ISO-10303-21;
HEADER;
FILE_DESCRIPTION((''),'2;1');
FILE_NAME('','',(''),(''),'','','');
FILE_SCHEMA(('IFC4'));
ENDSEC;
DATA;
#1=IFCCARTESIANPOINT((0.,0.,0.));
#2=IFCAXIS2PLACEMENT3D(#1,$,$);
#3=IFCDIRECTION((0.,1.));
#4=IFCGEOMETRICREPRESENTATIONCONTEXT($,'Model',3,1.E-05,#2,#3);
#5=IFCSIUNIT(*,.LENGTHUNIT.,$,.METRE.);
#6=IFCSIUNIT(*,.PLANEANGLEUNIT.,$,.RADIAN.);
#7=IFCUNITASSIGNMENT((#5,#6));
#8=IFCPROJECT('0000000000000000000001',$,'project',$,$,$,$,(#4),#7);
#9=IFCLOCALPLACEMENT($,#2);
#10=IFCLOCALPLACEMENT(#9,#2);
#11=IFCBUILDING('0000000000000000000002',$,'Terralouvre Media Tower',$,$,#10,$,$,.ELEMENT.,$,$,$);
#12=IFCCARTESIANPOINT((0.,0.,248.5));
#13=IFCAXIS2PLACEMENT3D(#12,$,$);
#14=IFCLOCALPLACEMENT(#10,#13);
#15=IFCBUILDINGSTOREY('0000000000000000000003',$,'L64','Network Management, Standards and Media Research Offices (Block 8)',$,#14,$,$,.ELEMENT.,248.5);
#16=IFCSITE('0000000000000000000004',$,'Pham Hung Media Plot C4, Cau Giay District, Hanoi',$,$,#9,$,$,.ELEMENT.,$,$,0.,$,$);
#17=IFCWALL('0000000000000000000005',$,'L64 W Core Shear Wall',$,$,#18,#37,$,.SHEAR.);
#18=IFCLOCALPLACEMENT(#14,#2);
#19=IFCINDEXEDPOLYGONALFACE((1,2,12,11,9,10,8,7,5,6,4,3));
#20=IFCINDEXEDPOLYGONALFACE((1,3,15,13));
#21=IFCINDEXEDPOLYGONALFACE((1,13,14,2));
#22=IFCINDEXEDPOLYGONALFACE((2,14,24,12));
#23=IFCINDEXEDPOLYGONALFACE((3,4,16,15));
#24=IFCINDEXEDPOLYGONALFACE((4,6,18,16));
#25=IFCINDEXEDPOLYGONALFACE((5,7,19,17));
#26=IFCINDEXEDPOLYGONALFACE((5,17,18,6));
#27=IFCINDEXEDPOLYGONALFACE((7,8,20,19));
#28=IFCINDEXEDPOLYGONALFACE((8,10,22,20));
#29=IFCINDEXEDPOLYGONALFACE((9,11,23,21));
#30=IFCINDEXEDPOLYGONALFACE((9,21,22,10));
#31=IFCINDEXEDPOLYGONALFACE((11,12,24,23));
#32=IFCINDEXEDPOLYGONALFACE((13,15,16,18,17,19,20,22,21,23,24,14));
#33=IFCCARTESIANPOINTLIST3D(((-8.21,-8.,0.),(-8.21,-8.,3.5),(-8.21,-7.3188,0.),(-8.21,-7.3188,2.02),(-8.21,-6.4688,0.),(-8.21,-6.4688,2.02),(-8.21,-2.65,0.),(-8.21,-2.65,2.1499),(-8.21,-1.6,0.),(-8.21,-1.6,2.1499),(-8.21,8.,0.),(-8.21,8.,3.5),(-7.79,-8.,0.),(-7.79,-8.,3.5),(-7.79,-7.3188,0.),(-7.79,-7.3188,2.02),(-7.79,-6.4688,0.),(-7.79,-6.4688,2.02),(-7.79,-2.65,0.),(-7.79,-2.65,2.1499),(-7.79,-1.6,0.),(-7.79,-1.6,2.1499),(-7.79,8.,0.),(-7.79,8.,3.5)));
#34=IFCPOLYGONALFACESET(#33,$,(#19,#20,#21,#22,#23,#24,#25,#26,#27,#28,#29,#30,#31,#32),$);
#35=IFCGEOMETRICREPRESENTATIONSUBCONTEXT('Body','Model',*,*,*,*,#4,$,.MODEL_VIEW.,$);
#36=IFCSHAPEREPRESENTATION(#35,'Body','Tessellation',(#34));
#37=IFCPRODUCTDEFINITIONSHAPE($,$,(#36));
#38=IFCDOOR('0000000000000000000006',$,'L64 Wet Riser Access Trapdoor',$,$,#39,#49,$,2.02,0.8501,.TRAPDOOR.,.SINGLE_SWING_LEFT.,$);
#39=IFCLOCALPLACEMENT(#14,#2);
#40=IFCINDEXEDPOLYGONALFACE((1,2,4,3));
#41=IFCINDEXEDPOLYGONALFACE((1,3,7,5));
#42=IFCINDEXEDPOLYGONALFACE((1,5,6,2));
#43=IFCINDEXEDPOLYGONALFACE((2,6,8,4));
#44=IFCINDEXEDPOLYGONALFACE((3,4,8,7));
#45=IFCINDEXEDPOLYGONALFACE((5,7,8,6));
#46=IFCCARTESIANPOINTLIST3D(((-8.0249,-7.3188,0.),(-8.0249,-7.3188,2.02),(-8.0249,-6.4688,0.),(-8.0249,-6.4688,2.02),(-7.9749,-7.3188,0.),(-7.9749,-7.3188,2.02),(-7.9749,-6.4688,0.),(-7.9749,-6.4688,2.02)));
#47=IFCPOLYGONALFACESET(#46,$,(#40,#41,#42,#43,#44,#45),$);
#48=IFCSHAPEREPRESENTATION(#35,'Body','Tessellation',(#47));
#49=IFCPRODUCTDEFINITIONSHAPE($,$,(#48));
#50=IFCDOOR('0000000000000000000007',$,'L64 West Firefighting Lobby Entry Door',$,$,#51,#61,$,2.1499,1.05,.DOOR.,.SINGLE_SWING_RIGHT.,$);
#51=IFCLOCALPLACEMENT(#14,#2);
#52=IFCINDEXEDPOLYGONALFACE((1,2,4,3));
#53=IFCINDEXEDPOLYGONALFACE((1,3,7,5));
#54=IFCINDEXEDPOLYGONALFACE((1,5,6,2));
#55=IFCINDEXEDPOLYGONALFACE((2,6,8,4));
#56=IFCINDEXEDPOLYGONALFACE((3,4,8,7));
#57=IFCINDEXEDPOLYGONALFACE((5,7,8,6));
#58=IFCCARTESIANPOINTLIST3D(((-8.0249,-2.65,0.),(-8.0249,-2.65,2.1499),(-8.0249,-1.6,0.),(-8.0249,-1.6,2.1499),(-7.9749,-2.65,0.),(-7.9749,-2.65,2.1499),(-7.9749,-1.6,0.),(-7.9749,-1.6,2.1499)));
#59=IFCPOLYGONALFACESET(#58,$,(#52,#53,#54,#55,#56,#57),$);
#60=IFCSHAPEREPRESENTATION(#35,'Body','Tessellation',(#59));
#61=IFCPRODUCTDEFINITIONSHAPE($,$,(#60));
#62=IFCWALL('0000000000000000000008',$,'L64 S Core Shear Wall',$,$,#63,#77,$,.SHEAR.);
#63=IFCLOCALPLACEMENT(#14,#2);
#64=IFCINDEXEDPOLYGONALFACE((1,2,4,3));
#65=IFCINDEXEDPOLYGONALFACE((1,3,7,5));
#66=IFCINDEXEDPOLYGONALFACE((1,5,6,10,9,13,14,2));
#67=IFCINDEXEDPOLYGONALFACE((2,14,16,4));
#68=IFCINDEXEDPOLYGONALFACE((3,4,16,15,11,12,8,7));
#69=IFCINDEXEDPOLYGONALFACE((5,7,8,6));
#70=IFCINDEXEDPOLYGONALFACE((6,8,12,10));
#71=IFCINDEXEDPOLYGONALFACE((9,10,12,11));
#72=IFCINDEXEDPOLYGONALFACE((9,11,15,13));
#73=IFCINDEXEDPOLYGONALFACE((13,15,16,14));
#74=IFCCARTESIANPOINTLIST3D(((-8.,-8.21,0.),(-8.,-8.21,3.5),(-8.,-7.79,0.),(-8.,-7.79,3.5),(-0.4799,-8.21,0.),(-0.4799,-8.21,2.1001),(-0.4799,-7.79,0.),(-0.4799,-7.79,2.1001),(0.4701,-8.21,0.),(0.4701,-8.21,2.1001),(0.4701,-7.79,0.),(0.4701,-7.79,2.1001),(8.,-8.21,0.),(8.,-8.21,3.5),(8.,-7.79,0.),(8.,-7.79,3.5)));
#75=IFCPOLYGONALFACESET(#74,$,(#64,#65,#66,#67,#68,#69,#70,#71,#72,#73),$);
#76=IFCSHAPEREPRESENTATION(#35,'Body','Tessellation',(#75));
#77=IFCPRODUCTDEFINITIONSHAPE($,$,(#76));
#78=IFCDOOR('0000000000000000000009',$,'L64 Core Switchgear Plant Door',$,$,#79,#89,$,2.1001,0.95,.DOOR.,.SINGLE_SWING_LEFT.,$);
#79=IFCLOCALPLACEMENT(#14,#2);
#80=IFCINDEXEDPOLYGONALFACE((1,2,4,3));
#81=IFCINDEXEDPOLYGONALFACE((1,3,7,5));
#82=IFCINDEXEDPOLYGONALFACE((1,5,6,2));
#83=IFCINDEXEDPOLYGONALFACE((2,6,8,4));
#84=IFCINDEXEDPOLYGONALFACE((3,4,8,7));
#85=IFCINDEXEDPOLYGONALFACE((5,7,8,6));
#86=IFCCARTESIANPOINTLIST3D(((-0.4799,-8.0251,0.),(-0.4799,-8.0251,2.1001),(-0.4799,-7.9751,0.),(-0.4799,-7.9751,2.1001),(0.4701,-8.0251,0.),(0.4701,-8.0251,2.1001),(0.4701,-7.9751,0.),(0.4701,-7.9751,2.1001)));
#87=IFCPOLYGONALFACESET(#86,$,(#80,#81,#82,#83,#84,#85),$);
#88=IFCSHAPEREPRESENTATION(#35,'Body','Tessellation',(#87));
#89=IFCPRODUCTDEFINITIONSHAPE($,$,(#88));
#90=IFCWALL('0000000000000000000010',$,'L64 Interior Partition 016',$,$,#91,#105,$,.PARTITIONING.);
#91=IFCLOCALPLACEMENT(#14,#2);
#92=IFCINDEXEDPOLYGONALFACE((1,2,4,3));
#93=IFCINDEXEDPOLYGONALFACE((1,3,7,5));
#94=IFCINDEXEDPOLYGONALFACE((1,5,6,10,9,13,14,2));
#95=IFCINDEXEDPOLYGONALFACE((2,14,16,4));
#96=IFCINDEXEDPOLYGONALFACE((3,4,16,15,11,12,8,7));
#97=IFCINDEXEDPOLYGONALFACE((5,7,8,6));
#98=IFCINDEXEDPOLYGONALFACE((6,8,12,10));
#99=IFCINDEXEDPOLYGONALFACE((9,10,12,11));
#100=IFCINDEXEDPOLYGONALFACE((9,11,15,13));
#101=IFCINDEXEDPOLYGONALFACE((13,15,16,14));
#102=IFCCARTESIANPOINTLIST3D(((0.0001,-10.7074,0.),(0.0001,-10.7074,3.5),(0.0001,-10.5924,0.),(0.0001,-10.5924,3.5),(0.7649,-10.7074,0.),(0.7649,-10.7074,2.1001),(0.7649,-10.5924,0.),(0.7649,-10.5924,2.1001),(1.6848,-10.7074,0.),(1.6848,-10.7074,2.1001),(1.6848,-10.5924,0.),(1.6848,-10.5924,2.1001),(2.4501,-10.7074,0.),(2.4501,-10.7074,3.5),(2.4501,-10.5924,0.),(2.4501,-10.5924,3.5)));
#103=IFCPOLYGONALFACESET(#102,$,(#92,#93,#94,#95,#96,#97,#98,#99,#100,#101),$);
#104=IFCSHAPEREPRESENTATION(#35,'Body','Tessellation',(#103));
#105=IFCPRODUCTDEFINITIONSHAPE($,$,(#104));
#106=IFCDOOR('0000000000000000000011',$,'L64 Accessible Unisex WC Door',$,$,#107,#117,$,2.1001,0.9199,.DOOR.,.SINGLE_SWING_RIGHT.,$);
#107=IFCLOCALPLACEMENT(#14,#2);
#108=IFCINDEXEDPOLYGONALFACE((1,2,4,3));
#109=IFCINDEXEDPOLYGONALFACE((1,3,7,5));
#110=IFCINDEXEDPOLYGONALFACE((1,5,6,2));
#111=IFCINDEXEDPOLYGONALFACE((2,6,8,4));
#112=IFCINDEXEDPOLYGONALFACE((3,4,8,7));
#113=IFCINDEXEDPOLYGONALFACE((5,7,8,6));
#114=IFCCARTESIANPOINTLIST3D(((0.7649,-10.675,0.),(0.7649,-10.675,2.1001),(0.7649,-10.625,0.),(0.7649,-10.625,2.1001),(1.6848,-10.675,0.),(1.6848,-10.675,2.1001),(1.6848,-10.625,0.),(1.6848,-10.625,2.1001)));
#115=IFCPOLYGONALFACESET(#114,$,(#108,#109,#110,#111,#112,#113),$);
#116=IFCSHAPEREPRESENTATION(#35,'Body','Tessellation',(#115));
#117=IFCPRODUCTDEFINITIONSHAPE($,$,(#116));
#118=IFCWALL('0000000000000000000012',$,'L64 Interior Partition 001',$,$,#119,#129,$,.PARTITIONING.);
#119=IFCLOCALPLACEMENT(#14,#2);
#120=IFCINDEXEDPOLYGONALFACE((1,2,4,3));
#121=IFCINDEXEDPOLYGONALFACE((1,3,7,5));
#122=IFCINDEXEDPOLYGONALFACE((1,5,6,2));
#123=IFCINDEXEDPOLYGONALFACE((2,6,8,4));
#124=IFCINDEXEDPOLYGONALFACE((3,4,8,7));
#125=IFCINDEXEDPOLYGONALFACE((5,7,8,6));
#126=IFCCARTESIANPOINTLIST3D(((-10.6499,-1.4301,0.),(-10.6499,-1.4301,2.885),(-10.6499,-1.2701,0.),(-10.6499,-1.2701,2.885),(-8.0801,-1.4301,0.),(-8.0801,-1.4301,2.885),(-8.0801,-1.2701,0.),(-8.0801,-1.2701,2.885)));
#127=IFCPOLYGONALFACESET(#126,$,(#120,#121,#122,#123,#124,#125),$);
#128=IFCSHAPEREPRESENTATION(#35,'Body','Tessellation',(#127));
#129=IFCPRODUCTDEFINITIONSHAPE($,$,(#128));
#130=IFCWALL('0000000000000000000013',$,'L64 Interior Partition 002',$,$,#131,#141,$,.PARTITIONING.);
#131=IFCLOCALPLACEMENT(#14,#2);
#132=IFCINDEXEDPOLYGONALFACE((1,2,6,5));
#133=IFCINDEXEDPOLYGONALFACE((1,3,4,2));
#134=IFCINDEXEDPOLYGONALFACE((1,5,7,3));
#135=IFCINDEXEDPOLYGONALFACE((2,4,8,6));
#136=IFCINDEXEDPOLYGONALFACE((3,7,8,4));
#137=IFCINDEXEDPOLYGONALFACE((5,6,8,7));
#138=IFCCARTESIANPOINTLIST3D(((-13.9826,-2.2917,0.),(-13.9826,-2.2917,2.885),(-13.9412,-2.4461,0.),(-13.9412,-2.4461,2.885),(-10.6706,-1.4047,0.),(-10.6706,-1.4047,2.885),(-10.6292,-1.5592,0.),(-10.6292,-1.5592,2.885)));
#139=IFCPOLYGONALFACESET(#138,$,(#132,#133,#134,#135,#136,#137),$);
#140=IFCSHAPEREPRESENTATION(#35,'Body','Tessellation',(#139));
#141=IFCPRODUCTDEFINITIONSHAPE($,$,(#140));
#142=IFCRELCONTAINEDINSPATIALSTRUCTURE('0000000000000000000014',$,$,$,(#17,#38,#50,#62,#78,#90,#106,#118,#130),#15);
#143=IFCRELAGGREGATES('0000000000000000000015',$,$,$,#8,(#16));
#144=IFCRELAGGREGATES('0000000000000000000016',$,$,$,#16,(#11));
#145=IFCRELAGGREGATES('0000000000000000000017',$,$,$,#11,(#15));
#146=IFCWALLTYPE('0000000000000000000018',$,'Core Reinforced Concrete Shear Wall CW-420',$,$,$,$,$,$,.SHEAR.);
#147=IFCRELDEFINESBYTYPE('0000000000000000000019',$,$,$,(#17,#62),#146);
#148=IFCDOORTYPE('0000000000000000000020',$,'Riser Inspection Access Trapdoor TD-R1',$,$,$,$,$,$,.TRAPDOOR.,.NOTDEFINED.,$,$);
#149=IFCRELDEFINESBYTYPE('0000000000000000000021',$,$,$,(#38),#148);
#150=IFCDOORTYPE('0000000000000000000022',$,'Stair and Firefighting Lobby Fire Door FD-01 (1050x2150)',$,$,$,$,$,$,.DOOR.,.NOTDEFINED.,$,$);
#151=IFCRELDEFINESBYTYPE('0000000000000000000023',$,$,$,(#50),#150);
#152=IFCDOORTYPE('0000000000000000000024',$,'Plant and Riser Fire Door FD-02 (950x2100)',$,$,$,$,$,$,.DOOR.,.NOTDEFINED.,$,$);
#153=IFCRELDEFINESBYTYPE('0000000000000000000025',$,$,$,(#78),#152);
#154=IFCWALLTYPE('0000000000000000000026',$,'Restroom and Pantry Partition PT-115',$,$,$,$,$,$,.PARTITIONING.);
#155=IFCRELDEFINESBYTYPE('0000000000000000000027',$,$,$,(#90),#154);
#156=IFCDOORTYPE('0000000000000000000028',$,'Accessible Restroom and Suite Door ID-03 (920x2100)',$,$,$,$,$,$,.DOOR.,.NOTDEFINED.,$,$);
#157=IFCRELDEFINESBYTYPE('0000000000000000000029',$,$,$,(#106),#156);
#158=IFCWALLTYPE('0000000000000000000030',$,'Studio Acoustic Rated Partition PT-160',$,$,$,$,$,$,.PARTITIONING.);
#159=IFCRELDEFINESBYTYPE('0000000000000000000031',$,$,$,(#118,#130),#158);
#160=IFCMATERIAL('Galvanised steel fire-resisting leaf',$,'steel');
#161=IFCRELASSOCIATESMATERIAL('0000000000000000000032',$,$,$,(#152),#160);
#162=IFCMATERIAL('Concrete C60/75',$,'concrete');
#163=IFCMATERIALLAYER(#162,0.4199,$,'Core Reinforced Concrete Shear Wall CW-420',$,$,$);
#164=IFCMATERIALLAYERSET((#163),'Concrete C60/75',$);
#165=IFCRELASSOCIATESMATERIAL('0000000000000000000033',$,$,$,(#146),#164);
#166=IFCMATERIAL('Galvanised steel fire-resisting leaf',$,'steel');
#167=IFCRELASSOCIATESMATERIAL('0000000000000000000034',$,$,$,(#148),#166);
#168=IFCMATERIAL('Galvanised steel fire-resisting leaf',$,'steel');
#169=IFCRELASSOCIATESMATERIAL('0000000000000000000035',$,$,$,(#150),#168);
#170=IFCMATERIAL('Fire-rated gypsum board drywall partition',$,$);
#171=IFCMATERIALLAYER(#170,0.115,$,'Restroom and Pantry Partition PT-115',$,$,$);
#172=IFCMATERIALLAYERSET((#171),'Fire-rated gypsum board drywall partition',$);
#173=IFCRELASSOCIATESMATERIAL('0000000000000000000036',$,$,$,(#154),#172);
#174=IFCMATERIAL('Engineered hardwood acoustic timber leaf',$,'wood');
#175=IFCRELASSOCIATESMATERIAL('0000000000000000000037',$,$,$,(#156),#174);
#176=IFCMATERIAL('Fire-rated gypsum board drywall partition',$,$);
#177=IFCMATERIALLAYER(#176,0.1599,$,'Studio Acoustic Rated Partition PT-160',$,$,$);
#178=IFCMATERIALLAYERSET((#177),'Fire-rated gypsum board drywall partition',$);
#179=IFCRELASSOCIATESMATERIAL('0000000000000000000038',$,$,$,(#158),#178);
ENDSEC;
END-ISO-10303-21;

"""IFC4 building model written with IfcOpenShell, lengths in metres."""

from ifc_helpers import new_model, si_unit, direction, frame, frame_2d, origin, place, context, subcontext, project, spatial, rectangle, extrude, material, layer, layer_set, type_object, element, fill, save


model = new_model("IFC4")

# Units and contexts
model_context = context("Model", 3, precision=1e-05, world=origin(), true_north=direction((0.0, 1.0)))
body_context = subcontext(model_context, "Body", "Model", "MODEL_VIEW")
ifc_project = project(units=[si_unit("LENGTHUNIT", "METRE"), si_unit("PLANEANGLEUNIT", "RADIAN")], contexts=[model_context])

# Site, building, storey
site_placement = place(None, origin())
site = spatial("IfcSite", under=ifc_project, at=site_placement, Name="Pham Hung Media Plot C4, Cau Giay District, Hanoi", CompositionType="ELEMENT", RefElevation=0.0)
building_placement = place(site_placement, origin())
building = spatial("IfcBuilding", under=site, at=building_placement, Name="Terralouvre Media Tower", CompositionType="ELEMENT")
storey_placement = place(building_placement, frame((0.0, 0.0, 248.5)))
storey = spatial("IfcBuildingStorey", under=building, at=storey_placement, Name="L64", Description="Network Management, Standards and Media Research Offices (Block 8)", CompositionType="ELEMENT", Elevation=248.5)

# Wall, openings, doors
ifc_material_1 = material(Name="Galvanised steel fire-resisting leaf", Category="steel")
door_type_1 = type_object("IfcDoorType", Name="Plant and Riser Fire Door FD-02 (950x2100)", OperationType="NOTDEFINED", PredefinedType="DOOR", material=ifc_material_1)
ifc_material_2 = material(Name="Concrete C60/75", Category="concrete")
ifc_layer_1 = layer(ifc_material_2, 0.4199, Name="Core Reinforced Concrete Shear Wall CW-420")
ifc_layer_set_1 = layer_set([ifc_layer_1], Name="Concrete C60/75")
wall_type_1 = type_object("IfcWallType", Name="Core Reinforced Concrete Shear Wall CW-420", PredefinedType="SHEAR", material=ifc_layer_set_1)
wall_1_placement = place(storey_placement, frame((-8.0, -8.0, 0.0), z_axis=(0.0, 0.0, 1.0), x_axis=(0.0, 1.0, 0.0)))
wall_1 = element("IfcWall", 1, at=wall_1_placement, inside=storey, type_object=wall_type_1, Name="L64 W Core Shear Wall", PredefinedType="SHEAR", context=body_context, shape_type="SweptSolid", body=[
    extrude(rectangle(XDim=16.0, YDim=0.4199, at=frame_2d((8.0, 0.0))), origin(), (0.0, 0.0, 1.0), 3.5),
])
opening_1_placement = place(wall_1_placement, frame((0.6812, 0.0, 0.0)))
opening_1 = element("IfcOpeningElement", 2, at=opening_1_placement, cuts=wall_1, PredefinedType="OPENING", context=body_context, shape_type="SweptSolid", body=[
    extrude(rectangle(XDim=0.8501, YDim=2.02, at=frame_2d((0.425, 1.01))), frame((0.0, 0.22, 0.0), z_axis=(0.0, -1.0, 0.0), x_axis=(1.0, 0.0, 0.0)), (0.0, 0.0, 1.0), 0.4399),
])
opening_2_placement = place(wall_1_placement, frame((5.3501, 0.0, 0.0)))
opening_2 = element("IfcOpeningElement", 3, at=opening_2_placement, cuts=wall_1, PredefinedType="OPENING", context=body_context, shape_type="SweptSolid", body=[
    extrude(rectangle(XDim=1.05, YDim=2.1499, at=frame_2d((0.5249, 1.075))), frame((0.0, 0.22, 0.0), z_axis=(0.0, -1.0, 0.0), x_axis=(1.0, 0.0, 0.0)), (0.0, 0.0, 1.0), 0.4399),
])
ifc_material_3 = material(Name="Galvanised steel fire-resisting leaf", Category="steel")
door_type_2 = type_object("IfcDoorType", Name="Riser Inspection Access Trapdoor TD-R1", OperationType="NOTDEFINED", PredefinedType="TRAPDOOR", material=ifc_material_3)
door_1_placement = place(opening_1_placement, origin())
door_1 = element("IfcDoor", 4, at=door_1_placement, inside=storey, type_object=door_type_2, Name="L64 Wet Riser Access Trapdoor", OperationType="SINGLE_SWING_LEFT", OverallHeight=2.02, OverallWidth=0.8501, PredefinedType="TRAPDOOR", context=body_context, shape_type="SweptSolid", body=[
    extrude(rectangle(XDim=0.8501, YDim=2.02, at=frame_2d((0.425, 1.01))), frame((0.0, 0.0249, 0.0), z_axis=(0.0, -1.0, 0.0), x_axis=(1.0, 0.0, 0.0)), (0.0, 0.0, 1.0), 0.05),
])
fill(opening_1, door_1)
ifc_material_4 = material(Name="Galvanised steel fire-resisting leaf", Category="steel")
door_type_3 = type_object("IfcDoorType", Name="Stair and Firefighting Lobby Fire Door FD-01 (1050x2150)", OperationType="NOTDEFINED", PredefinedType="DOOR", material=ifc_material_4)
door_2_placement = place(opening_2_placement, origin())
door_2 = element("IfcDoor", 5, at=door_2_placement, inside=storey, type_object=door_type_3, Name="L64 West Firefighting Lobby Entry Door", OperationType="SINGLE_SWING_RIGHT", OverallHeight=2.1499, OverallWidth=1.05, PredefinedType="DOOR", context=body_context, shape_type="SweptSolid", body=[
    extrude(rectangle(XDim=1.05, YDim=2.1499, at=frame_2d((0.5249, 1.075))), frame((0.0, 0.0249, 0.0), z_axis=(0.0, -1.0, 0.0), x_axis=(1.0, 0.0, 0.0)), (0.0, 0.0, 1.0), 0.05),
])
fill(opening_2, door_2)

# Walls, openings, doors
wall_2_placement = place(storey_placement, frame((-8.0, -8.0, 0.0), z_axis=(0.0, 0.0, 1.0), x_axis=(1.0, 0.0, 0.0)))
wall_2 = element("IfcWall", 6, at=wall_2_placement, inside=storey, type_object=wall_type_1, Name="L64 S Core Shear Wall", PredefinedType="SHEAR", context=body_context, shape_type="SweptSolid", body=[
    extrude(rectangle(XDim=16.0, YDim=0.4199, at=frame_2d((8.0, 0.0))), origin(), (0.0, 0.0, 1.0), 3.5),
])
opening_3_placement = place(wall_2_placement, frame((7.52, 0.0, 0.0)))
opening_3 = element("IfcOpeningElement", 7, at=opening_3_placement, cuts=wall_2, PredefinedType="OPENING", context=body_context, shape_type="SweptSolid", body=[
    extrude(rectangle(XDim=0.95, YDim=2.1001, at=frame_2d((0.4751, 1.05))), frame((0.0, 0.22, 0.0), z_axis=(0.0, -1.0, 0.0), x_axis=(1.0, 0.0, 0.0)), (0.0, 0.0, 1.0), 0.4399),
])
door_3_placement = place(opening_3_placement, origin())
door_3 = element("IfcDoor", 8, at=door_3_placement, inside=storey, type_object=door_type_1, Name="L64 Core Switchgear Plant Door", OperationType="SINGLE_SWING_LEFT", OverallHeight=2.1001, OverallWidth=0.95, PredefinedType="DOOR", context=body_context, shape_type="SweptSolid", body=[
    extrude(rectangle(XDim=0.95, YDim=2.1001, at=frame_2d((0.4751, 1.05))), frame((0.0, 0.0249, 0.0), z_axis=(0.0, -1.0, 0.0), x_axis=(1.0, 0.0, 0.0)), (0.0, 0.0, 1.0), 0.05),
])
fill(opening_3, door_3)
ifc_material_5 = material(Name="Fire-rated gypsum board drywall partition")
ifc_layer_2 = layer(ifc_material_5, 0.115, Name="Restroom and Pantry Partition PT-115")
ifc_layer_set_2 = layer_set([ifc_layer_2], Name="Fire-rated gypsum board drywall partition")
wall_type_2 = type_object("IfcWallType", Name="Restroom and Pantry Partition PT-115", PredefinedType="PARTITIONING", material=ifc_layer_set_2)
wall_3_placement = place(storey_placement, frame((0.0, -10.6499, 0.0), z_axis=(0.0, 0.0, 1.0), x_axis=(1.0, 0.0, 0.0)))
wall_3 = element("IfcWall", 9, at=wall_3_placement, inside=storey, type_object=wall_type_2, Name="L64 Interior Partition 016", PredefinedType="PARTITIONING", context=body_context, shape_type="SweptSolid", body=[
    extrude(rectangle(XDim=2.45, YDim=0.115, at=frame_2d((1.2251, 0.0))), origin(), (0.0, 0.0, 1.0), 3.5),
])
opening_4_placement = place(wall_3_placement, frame((0.7649, 0.0, 0.0)))
opening_4 = element("IfcOpeningElement", 10, at=opening_4_placement, cuts=wall_3, PredefinedType="OPENING", context=body_context, shape_type="SweptSolid", body=[
    extrude(rectangle(XDim=0.9199, YDim=2.1001, at=frame_2d((0.46, 1.05))), frame((0.0, 0.0674, 0.0), z_axis=(0.0, -1.0, 0.0), x_axis=(1.0, 0.0, 0.0)), (0.0, 0.0, 1.0), 0.135),
])
ifc_material_6 = material(Name="Engineered hardwood acoustic timber leaf", Category="wood")
door_type_4 = type_object("IfcDoorType", Name="Accessible Restroom and Suite Door ID-03 (920x2100)", OperationType="NOTDEFINED", PredefinedType="DOOR", material=ifc_material_6)
door_4_placement = place(opening_4_placement, origin())
door_4 = element("IfcDoor", 11, at=door_4_placement, inside=storey, type_object=door_type_4, Name="L64 Accessible Unisex WC Door", OperationType="SINGLE_SWING_RIGHT", OverallHeight=2.1001, OverallWidth=0.9199, PredefinedType="DOOR", context=body_context, shape_type="SweptSolid", body=[
    extrude(rectangle(XDim=0.9199, YDim=2.1001, at=frame_2d((0.46, 1.05))), frame((0.0, 0.0249, 0.0), z_axis=(0.0, -1.0, 0.0), x_axis=(1.0, 0.0, 0.0)), (0.0, 0.0, 1.0), 0.05),
])
fill(opening_4, door_4)

# Walls
ifc_material_7 = material(Name="Fire-rated gypsum board drywall partition")
ifc_layer_3 = layer(ifc_material_7, 0.1599, Name="Studio Acoustic Rated Partition PT-160")
ifc_layer_set_3 = layer_set([ifc_layer_3], Name="Fire-rated gypsum board drywall partition")
wall_type_3 = type_object("IfcWallType", Name="Studio Acoustic Rated Partition PT-160", PredefinedType="PARTITIONING", material=ifc_layer_set_3)
wall_4_placement = place(storey_placement, frame((-8.0801, -1.3501, 0.0), z_axis=(0.0, 0.0, 1.0), x_axis=(-1.0, 0.0, 0.0)))
element("IfcWall", 12, at=wall_4_placement, inside=storey, type_object=wall_type_3, Name="L64 Interior Partition 001", PredefinedType="PARTITIONING", context=body_context, shape_type="SweptSolid", body=[
    extrude(rectangle(XDim=2.5698, YDim=0.1599, at=frame_2d((1.2849, 0.0))), origin(), (0.0, 0.0, 1.0), 2.885),
])
wall_5_placement = place(storey_placement, frame((-10.6499, -1.4819, 0.0), z_axis=(0.0, 0.0, 1.0), x_axis=(-0.965961, -0.258686, 0.0)))
element("IfcWall", 13, at=wall_5_placement, inside=storey, type_object=wall_type_3, Name="L64 Interior Partition 002", PredefinedType="PARTITIONING", context=body_context, shape_type="SweptSolid", body=[
    extrude(rectangle(XDim=3.4287, YDim=0.1599, at=frame_2d((1.7144, 0.0))), origin(), (0.0, 0.0, 1.0), 2.885),
])

save(model, "model.ifc")
